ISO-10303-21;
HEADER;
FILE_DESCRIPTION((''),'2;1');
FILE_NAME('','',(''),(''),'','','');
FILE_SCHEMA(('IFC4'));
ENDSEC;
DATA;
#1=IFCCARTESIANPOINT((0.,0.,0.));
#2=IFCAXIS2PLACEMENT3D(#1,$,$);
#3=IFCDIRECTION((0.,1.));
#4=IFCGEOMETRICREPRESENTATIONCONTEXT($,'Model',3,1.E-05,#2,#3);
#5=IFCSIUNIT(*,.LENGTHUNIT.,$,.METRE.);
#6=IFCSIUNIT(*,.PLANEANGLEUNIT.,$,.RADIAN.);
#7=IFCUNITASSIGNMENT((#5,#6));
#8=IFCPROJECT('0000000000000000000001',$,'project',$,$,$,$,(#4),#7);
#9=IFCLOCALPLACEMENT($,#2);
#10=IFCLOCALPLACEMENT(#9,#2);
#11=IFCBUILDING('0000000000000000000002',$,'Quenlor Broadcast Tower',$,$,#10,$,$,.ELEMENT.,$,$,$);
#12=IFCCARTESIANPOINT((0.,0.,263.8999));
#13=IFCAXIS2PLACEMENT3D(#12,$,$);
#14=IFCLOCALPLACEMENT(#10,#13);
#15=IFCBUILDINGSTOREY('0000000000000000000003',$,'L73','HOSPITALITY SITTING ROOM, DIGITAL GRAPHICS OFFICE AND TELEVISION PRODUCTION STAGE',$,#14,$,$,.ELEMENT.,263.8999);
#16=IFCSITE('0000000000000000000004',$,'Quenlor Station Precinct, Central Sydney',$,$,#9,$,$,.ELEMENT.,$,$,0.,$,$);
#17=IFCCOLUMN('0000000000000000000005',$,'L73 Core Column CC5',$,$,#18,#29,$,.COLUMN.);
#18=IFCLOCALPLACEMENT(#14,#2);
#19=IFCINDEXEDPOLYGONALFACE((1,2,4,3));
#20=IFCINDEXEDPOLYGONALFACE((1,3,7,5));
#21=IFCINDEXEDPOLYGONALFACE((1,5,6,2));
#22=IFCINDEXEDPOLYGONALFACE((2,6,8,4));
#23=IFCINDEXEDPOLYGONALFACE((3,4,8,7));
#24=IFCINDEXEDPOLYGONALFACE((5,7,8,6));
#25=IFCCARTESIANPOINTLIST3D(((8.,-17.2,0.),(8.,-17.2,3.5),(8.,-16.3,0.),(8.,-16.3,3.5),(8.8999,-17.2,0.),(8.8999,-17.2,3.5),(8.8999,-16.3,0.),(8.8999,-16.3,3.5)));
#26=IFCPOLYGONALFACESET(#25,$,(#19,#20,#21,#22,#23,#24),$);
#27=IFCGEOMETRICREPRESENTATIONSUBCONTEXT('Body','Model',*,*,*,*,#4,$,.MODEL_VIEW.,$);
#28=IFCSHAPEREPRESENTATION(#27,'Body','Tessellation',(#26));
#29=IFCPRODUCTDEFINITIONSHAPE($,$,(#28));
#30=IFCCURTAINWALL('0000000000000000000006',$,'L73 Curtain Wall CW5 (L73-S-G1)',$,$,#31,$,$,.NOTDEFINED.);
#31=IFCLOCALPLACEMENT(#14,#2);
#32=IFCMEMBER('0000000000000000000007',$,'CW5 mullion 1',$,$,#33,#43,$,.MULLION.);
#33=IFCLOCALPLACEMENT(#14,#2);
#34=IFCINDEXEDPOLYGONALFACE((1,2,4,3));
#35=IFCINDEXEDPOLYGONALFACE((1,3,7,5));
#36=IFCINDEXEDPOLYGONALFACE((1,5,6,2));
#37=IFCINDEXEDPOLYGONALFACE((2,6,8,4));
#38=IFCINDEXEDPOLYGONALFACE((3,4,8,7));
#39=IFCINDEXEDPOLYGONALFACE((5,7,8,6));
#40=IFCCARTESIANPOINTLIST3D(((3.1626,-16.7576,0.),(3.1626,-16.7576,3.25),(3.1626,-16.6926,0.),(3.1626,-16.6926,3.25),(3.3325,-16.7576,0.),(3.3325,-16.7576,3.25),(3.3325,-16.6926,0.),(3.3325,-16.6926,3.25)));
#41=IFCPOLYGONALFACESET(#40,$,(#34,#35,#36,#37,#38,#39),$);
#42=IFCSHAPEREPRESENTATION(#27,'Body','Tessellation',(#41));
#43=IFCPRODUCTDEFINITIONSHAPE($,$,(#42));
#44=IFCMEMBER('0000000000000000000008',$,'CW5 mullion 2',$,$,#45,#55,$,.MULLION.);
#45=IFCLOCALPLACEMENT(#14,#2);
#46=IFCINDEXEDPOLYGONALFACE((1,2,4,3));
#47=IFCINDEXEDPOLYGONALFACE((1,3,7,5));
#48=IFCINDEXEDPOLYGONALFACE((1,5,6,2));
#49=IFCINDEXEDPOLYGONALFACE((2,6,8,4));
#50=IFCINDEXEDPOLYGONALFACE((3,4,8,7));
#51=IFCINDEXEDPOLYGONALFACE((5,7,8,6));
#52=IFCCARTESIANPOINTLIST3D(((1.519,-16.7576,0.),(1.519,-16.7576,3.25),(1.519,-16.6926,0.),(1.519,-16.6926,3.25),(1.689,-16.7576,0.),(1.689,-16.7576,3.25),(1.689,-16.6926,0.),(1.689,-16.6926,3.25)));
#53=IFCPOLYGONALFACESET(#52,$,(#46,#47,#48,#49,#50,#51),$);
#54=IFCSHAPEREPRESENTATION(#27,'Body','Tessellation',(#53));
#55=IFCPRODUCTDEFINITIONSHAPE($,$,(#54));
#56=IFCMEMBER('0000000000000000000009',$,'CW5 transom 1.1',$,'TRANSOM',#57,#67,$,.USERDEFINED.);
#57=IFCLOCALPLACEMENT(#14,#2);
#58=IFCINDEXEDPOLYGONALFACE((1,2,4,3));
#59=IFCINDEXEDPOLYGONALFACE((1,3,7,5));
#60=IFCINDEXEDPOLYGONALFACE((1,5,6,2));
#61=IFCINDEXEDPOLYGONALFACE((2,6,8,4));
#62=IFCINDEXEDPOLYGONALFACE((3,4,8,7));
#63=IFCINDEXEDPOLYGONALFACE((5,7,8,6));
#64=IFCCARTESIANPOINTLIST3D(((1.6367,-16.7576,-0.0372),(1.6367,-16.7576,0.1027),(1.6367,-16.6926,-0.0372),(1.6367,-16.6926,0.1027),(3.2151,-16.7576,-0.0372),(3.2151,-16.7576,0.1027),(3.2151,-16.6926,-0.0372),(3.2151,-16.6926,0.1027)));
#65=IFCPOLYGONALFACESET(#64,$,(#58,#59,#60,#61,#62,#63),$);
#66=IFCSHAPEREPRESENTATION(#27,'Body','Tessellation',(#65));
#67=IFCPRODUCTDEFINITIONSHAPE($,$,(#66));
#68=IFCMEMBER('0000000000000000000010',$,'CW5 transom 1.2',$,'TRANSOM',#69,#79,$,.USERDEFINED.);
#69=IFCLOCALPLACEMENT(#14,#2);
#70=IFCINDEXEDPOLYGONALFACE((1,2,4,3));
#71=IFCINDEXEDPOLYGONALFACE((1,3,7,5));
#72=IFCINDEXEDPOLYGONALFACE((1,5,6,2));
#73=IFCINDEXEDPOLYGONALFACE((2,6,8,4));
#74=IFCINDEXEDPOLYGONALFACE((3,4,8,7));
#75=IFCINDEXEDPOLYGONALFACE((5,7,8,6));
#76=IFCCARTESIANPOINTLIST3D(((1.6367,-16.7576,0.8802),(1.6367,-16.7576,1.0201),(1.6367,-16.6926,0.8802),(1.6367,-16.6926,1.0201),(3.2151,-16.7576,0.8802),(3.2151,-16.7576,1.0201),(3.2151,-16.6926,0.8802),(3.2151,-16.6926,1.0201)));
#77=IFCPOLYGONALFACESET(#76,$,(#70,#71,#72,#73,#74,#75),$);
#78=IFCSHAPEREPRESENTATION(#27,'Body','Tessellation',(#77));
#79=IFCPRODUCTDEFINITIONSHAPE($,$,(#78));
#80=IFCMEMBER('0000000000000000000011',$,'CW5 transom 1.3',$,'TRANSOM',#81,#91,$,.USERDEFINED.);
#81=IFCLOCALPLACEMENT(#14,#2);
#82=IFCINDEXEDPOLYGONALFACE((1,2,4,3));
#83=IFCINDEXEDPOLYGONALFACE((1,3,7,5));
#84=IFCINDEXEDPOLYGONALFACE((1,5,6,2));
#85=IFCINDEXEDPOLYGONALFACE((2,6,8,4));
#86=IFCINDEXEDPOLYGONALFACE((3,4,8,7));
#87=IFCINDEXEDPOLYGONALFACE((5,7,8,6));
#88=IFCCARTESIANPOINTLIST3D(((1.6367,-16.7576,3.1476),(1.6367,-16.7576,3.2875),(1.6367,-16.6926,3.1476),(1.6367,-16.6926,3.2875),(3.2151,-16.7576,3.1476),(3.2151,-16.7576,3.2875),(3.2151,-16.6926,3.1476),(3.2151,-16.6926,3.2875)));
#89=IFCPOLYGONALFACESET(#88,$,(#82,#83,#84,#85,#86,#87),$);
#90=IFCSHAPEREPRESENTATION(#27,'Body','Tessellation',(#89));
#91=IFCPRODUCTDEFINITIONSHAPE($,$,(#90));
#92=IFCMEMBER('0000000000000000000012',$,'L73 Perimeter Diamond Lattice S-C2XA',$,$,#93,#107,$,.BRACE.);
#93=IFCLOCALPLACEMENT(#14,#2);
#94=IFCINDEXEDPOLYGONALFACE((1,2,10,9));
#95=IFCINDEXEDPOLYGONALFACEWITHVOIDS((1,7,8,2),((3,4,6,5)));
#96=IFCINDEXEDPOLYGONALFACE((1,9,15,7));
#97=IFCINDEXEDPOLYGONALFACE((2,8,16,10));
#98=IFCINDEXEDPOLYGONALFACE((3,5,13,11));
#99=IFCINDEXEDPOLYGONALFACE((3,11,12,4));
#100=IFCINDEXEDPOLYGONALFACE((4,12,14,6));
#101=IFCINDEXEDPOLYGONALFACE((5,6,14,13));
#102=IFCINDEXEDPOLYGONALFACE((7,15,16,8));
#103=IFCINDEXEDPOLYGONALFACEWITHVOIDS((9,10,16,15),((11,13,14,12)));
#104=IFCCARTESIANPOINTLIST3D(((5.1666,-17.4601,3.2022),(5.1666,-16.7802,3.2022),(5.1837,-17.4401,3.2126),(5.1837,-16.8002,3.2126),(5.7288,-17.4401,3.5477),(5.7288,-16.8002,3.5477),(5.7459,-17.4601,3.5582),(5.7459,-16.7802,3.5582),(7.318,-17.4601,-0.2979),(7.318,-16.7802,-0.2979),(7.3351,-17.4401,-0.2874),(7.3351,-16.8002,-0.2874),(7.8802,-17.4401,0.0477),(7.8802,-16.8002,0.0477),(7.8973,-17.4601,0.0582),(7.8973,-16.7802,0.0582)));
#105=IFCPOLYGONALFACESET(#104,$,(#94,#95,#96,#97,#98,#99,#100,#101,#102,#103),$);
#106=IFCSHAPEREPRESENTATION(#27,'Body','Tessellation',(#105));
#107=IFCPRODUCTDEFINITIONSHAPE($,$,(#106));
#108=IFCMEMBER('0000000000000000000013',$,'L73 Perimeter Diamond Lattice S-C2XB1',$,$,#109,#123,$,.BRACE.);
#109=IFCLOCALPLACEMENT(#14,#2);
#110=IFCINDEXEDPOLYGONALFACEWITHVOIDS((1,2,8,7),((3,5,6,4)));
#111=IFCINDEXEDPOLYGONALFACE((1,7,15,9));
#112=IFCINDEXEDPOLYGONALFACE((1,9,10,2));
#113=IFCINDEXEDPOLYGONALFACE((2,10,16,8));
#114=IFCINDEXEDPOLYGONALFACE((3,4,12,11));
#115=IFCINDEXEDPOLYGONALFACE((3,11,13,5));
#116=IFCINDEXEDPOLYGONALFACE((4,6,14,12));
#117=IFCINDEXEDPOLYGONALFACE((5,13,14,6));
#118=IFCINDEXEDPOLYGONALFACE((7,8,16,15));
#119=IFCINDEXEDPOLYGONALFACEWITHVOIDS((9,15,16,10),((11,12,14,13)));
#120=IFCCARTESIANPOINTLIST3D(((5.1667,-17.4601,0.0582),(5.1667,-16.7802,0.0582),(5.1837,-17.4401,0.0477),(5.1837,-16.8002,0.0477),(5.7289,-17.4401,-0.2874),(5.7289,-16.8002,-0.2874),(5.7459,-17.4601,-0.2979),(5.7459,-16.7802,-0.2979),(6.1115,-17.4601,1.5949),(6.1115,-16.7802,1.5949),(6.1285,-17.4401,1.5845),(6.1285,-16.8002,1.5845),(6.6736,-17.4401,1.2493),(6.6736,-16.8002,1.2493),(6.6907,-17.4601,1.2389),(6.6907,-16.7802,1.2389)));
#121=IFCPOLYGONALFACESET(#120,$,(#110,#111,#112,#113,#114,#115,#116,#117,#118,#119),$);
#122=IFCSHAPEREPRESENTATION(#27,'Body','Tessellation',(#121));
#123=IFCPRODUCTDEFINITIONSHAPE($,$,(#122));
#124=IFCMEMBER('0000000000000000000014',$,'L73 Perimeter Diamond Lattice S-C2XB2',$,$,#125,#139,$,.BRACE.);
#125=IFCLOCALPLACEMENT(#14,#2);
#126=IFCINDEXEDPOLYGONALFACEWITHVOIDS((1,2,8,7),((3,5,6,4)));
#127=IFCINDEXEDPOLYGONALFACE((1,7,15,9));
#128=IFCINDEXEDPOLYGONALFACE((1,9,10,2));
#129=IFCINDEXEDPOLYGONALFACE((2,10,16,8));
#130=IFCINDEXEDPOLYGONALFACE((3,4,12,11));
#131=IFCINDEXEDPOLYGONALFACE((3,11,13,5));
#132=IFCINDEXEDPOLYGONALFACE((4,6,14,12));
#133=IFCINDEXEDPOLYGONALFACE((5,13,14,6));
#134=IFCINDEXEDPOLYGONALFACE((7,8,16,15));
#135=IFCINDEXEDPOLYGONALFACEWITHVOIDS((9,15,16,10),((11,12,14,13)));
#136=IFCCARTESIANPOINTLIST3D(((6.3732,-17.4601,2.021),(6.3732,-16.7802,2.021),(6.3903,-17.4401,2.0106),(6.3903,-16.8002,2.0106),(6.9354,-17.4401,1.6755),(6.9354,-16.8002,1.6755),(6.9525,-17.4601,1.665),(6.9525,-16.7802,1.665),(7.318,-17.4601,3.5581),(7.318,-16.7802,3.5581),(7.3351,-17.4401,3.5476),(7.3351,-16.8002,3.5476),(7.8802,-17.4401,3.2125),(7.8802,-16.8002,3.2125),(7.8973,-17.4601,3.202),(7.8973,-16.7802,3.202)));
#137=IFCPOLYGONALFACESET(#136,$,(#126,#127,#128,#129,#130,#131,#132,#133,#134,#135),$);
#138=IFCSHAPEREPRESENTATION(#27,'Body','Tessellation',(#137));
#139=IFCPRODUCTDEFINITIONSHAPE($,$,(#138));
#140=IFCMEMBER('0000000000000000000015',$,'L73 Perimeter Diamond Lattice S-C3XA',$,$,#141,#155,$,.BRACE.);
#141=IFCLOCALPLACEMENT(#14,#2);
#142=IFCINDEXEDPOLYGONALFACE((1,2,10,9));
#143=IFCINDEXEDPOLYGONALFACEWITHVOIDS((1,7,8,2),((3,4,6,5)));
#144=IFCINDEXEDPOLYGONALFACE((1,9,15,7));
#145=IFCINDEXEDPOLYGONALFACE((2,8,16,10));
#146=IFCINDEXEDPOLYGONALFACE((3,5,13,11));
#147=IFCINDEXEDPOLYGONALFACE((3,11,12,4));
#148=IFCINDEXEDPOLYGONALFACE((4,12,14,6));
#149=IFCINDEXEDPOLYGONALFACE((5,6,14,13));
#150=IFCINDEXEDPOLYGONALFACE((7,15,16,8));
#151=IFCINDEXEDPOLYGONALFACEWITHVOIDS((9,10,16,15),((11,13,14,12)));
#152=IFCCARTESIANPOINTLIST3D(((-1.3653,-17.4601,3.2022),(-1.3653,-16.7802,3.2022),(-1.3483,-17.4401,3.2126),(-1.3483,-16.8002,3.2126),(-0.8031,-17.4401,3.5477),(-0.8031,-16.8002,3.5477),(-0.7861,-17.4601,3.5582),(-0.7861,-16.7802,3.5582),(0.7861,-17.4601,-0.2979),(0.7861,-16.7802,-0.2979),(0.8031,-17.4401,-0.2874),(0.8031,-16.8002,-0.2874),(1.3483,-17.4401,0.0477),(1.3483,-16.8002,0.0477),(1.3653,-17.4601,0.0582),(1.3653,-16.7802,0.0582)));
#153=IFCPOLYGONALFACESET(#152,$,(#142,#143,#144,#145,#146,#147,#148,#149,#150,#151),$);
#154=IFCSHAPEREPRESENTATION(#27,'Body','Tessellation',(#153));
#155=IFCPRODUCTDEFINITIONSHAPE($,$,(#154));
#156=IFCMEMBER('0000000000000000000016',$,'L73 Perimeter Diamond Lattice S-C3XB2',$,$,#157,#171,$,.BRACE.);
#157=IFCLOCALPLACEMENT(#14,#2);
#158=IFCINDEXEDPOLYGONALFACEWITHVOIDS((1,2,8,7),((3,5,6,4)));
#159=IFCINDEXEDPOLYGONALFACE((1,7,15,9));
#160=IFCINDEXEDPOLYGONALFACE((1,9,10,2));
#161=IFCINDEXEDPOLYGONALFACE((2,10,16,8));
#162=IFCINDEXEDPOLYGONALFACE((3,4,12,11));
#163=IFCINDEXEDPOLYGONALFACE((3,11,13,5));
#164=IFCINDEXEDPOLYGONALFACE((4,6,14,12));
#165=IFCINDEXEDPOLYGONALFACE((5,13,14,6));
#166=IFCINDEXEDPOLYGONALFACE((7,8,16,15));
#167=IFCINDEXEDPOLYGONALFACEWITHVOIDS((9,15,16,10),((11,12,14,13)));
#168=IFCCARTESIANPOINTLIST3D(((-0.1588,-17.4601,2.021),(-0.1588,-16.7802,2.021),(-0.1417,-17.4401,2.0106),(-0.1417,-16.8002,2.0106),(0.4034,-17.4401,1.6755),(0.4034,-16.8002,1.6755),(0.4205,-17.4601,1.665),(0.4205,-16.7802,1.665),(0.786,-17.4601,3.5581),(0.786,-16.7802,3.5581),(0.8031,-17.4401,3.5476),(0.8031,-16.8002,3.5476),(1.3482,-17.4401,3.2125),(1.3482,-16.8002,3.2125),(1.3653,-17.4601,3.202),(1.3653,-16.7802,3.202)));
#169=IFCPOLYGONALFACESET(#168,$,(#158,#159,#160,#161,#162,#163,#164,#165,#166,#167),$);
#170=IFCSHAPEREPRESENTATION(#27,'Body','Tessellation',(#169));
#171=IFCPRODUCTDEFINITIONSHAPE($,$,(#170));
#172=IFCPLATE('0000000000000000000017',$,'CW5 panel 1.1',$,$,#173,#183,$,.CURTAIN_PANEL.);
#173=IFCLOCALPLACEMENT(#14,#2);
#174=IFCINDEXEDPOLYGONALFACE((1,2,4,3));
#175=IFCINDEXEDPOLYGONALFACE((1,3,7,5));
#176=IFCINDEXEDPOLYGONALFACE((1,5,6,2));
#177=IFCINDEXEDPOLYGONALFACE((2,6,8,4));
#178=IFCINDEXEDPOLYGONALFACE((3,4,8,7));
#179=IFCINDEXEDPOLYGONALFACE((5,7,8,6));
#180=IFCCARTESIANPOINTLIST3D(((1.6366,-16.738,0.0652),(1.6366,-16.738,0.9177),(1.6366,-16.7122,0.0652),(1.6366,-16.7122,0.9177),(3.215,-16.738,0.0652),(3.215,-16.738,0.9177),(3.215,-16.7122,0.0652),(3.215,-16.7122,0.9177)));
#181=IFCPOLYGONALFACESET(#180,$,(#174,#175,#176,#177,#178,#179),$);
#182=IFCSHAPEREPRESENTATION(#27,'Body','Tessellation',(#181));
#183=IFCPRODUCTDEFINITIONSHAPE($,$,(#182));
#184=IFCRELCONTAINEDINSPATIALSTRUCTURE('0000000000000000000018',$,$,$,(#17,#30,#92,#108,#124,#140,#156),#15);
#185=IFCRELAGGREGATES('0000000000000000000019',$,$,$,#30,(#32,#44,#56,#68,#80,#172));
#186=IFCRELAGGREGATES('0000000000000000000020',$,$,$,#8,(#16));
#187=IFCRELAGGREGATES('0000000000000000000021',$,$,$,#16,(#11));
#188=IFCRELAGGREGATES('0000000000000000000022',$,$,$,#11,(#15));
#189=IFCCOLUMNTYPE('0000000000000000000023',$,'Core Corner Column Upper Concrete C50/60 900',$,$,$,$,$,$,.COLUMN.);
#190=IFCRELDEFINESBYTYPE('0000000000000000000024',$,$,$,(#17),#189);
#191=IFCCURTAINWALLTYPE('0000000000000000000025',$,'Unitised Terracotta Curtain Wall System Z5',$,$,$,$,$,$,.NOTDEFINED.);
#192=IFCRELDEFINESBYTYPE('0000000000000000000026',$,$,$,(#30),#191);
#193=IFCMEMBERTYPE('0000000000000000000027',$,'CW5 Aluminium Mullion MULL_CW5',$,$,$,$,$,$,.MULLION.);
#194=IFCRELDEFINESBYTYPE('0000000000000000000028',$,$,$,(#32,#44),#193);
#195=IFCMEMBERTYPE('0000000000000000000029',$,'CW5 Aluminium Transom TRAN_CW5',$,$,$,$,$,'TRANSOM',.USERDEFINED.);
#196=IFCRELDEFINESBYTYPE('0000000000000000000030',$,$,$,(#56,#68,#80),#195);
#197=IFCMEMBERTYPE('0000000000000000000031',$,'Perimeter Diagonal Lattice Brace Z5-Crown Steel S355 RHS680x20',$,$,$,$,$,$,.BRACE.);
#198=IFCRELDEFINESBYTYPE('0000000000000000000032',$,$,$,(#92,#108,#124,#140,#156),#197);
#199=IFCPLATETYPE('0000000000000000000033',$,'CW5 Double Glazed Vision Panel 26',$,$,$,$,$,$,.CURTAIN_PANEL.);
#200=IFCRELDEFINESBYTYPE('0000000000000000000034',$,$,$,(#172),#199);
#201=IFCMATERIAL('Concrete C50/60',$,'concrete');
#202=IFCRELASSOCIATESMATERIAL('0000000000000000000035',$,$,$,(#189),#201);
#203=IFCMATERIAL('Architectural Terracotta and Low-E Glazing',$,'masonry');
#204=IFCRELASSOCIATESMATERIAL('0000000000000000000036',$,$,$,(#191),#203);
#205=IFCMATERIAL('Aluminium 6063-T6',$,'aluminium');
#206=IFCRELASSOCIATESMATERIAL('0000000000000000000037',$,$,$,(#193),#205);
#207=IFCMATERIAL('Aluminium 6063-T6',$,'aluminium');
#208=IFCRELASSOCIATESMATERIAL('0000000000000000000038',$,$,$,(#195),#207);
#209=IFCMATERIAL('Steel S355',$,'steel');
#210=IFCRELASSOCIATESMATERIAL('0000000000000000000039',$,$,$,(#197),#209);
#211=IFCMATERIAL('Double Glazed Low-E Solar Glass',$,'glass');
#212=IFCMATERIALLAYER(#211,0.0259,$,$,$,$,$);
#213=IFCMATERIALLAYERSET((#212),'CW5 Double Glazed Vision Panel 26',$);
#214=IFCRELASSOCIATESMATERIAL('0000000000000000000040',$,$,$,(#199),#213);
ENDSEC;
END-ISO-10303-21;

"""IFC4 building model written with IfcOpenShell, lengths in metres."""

from ifc_helpers import new_model, si_unit, direction, frame, origin, origin_2d, place, context, subcontext, project, spatial, rectangle, hollow_rectangle, extrude, material, layer, layer_set, material_profile, profile_set, type_object, element, aggregate, save


model = new_model("IFC4")

# Units and contexts
model_context = context("Model", 3, precision=1e-05, world=origin(), true_north=direction((0.0, 1.0)))
body_context = subcontext(model_context, "Body", "Model", "MODEL_VIEW")
ifc_project = project(units=[si_unit("LENGTHUNIT", "METRE"), si_unit("PLANEANGLEUNIT", "RADIAN")], contexts=[model_context])

# Site, building, storey
site_placement = place(None, origin())
site = spatial("IfcSite", under=ifc_project, at=site_placement, Name="Quenlor Station Precinct, Central Sydney", CompositionType="ELEMENT", RefElevation=0.0)
building_placement = place(site_placement, origin())
building = spatial("IfcBuilding", under=site, at=building_placement, Name="Quenlor Broadcast Tower", CompositionType="ELEMENT")
storey_placement = place(building_placement, frame((0.0, 0.0, 263.8999)))
storey = spatial("IfcBuildingStorey", under=building, at=storey_placement, Name="L73", Description="HOSPITALITY SITTING ROOM, DIGITAL GRAPHICS OFFICE AND TELEVISION PRODUCTION STAGE", CompositionType="ELEMENT", Elevation=263.8999)

# Column
ifc_material_1 = material(Name="Concrete C50/60", Category="concrete")
ifc_material_profile_1 = material_profile(ifc_material_1, rectangle(XDim=0.8999, YDim=0.8999, at=origin_2d()))
ifc_profile_set_1 = profile_set([ifc_material_profile_1], Name="Concrete C50/60 RC900x900")
column_type = type_object("IfcColumnType", Name="Core Corner Column Upper Concrete C50/60 900", PredefinedType="COLUMN", material=ifc_profile_set_1)
column_placement = place(storey_placement, frame((8.45, -16.75, 0.0), z_axis=(0.0, 0.0, 1.0), x_axis=(1.0, 0.0, 0.0)))
element("IfcColumn", 1, at=column_placement, inside=storey, type_object=column_type, Name="L73 Core Column CC5", PredefinedType="COLUMN", context=body_context, shape_type="SweptSolid", body=[
    extrude(rectangle(XDim=0.8999, YDim=0.8999, at=origin_2d()), origin(), (0.0, 0.0, 1.0), 3.5),
])

# Curtain wall, members
ifc_material_2 = material(Name="Architectural Terracotta and Low-E Glazing", Category="masonry")
curtain_wall_type = type_object("IfcCurtainWallType", Name="Unitised Terracotta Curtain Wall System Z5", PredefinedType="NOTDEFINED", material=ifc_material_2)
curtain_wall_placement = place(storey_placement, origin())
curtain_wall = element("IfcCurtainWall", 2, at=curtain_wall_placement, inside=storey, type_object=curtain_wall_type, Name="L73 Curtain Wall CW5 (L73-S-G1)", PredefinedType="NOTDEFINED")
ifc_material_3 = material(Name="Aluminium 6063-T6", Category="aluminium")
ifc_material_profile_2 = material_profile(ifc_material_3, rectangle(XDim=0.0649, YDim=0.1699, at=origin_2d()))
ifc_profile_set_2 = profile_set([ifc_material_profile_2], Name="Aluminium 6063-T6 MULL65x170")
member_type_1 = type_object("IfcMemberType", Name="CW5 Aluminium Mullion MULL_CW5", PredefinedType="MULLION", material=ifc_profile_set_2)
member_1_placement = place(storey_placement, frame((3.2476, -16.7251, 0.0), z_axis=(0.0, 0.0, 1.0), x_axis=(0.0, -1.0, 0.0)))
member_1 = element("IfcMember", 3, at=member_1_placement, type_object=member_type_1, Name="CW5 mullion 1", PredefinedType="MULLION", context=body_context, shape_type="SweptSolid", body=[
    extrude(rectangle(XDim=0.0649, YDim=0.1699, at=origin_2d()), origin(), (0.0, 0.0, 1.0), 3.25),
])
member_2_placement = place(storey_placement, frame((1.604, -16.7251, 0.0), z_axis=(0.0, 0.0, 1.0), x_axis=(0.0, -1.0, 0.0)))
member_2 = element("IfcMember", 4, at=member_2_placement, type_object=member_type_1, Name="CW5 mullion 2", PredefinedType="MULLION", context=body_context, shape_type="SweptSolid", body=[
    extrude(rectangle(XDim=0.0649, YDim=0.1699, at=origin_2d()), origin(), (0.0, 0.0, 1.0), 3.25),
])
ifc_material_4 = material(Name="Aluminium 6063-T6", Category="aluminium")
ifc_material_profile_3 = material_profile(ifc_material_4, rectangle(XDim=0.0649, YDim=0.1399, at=origin_2d()))
ifc_profile_set_3 = profile_set([ifc_material_profile_3], Name="Aluminium 6063-T6 TRAN65x140")
member_type_2 = type_object("IfcMemberType", Name="CW5 Aluminium Transom TRAN_CW5", ElementType="TRANSOM", PredefinedType="USERDEFINED", material=ifc_profile_set_3)
member_3_placement = place(storey_placement, frame((3.2151, -16.7251, 0.0327), z_axis=(-1.0, 0.0, 0.0), x_axis=(0.0, -1.0, 0.0)))
member_3 = element("IfcMember", 5, at=member_3_placement, type_object=member_type_2, Name="CW5 transom 1.1", ObjectType="TRANSOM", PredefinedType="USERDEFINED", context=body_context, shape_type="SweptSolid", body=[
    extrude(rectangle(XDim=0.0649, YDim=0.1399, at=origin_2d()), origin(), (0.0, 0.0, 1.0), 1.5784),
])
member_4_placement = place(storey_placement, frame((3.2151, -16.7251, 0.9502), z_axis=(-1.0, 0.0, 0.0), x_axis=(0.0, -1.0, 0.0)))
member_4 = element("IfcMember", 6, at=member_4_placement, type_object=member_type_2, Name="CW5 transom 1.2", ObjectType="TRANSOM", PredefinedType="USERDEFINED", context=body_context, shape_type="SweptSolid", body=[
    extrude(rectangle(XDim=0.0649, YDim=0.1399, at=origin_2d()), origin(), (0.0, 0.0, 1.0), 1.5784),
])
member_5_placement = place(storey_placement, frame((3.2151, -16.7251, 3.2175), z_axis=(-1.0, 0.0, 0.0), x_axis=(0.0, -1.0, 0.0)))
member_5 = element("IfcMember", 7, at=member_5_placement, type_object=member_type_2, Name="CW5 transom 1.3", ObjectType="TRANSOM", PredefinedType="USERDEFINED", context=body_context, shape_type="SweptSolid", body=[
    extrude(rectangle(XDim=0.0649, YDim=0.1399, at=origin_2d()), origin(), (0.0, 0.0, 1.0), 1.5784),
])

# Members
ifc_material_5 = material(Name="Steel S355", Category="steel")
ifc_material_profile_4 = material_profile(ifc_material_5, hollow_rectangle(XDim=0.6799, YDim=0.6799, WallThickness=0.02, at=origin_2d()))
ifc_profile_set_4 = profile_set([ifc_material_profile_4], Name="Steel S355 RHS680x680x20")
member_type_3 = type_object("IfcMemberType", Name="Perimeter Diagonal Lattice Brace Z5-Crown Steel S355 RHS680x20", PredefinedType="BRACE", material=ifc_profile_set_4)
member_6_placement = place(storey_placement, frame((7.6077, -17.1201, -0.1199), z_axis=(-0.52366, 0.0, 0.851928), x_axis=(0.0, -1.0, 0.0)))
element("IfcMember", 8, at=member_6_placement, inside=storey, type_object=member_type_3, Name="L73 Perimeter Diamond Lattice S-C2XA", PredefinedType="BRACE", context=body_context, shape_type="SweptSolid", body=[
    extrude(hollow_rectangle(XDim=0.6799, YDim=0.6799, WallThickness=0.02, at=origin_2d()), origin(), (0.0, 0.0, 1.0), 4.1084),
])
member_7_placement = place(storey_placement, frame((5.4563, -17.1201, -0.1199), z_axis=(0.52372, 0.0, 0.851891), x_axis=(0.0, 1.0, 0.0)))
element("IfcMember", 9, at=member_7_placement, inside=storey, type_object=member_type_3, Name="L73 Perimeter Diamond Lattice S-C2XB1", PredefinedType="BRACE", context=body_context, shape_type="SweptSolid", body=[
    extrude(hollow_rectangle(XDim=0.6799, YDim=0.6799, WallThickness=0.02, at=origin_2d()), origin(), (0.0, 0.0, 1.0), 1.804),
])
member_8_placement = place(storey_placement, frame((6.6628, -17.1201, 1.843), z_axis=(0.523659, 0.0, 0.851928), x_axis=(0.0, 1.0, 0.0)))
element("IfcMember", 10, at=member_8_placement, inside=storey, type_object=member_type_3, Name="L73 Perimeter Diamond Lattice S-C2XB2", PredefinedType="BRACE", context=body_context, shape_type="SweptSolid", body=[
    extrude(hollow_rectangle(XDim=0.6799, YDim=0.6799, WallThickness=0.02, at=origin_2d()), origin(), (0.0, 0.0, 1.0), 1.8042),
])
member_9_placement = place(storey_placement, frame((1.0757, -17.1201, -0.1199), z_axis=(-0.52366, 0.0, 0.851928), x_axis=(0.0, -1.0, 0.0)))
element("IfcMember", 11, at=member_9_placement, inside=storey, type_object=member_type_3, Name="L73 Perimeter Diamond Lattice S-C3XA", PredefinedType="BRACE", context=body_context, shape_type="SweptSolid", body=[
    extrude(hollow_rectangle(XDim=0.6799, YDim=0.6799, WallThickness=0.02, at=origin_2d()), origin(), (0.0, 0.0, 1.0), 4.1084),
])
member_10_placement = place(storey_placement, frame((0.1309, -17.1201, 1.843), z_axis=(0.523659, 0.0, 0.851928), x_axis=(0.0, 1.0, 0.0)))
element("IfcMember", 12, at=member_10_placement, inside=storey, type_object=member_type_3, Name="L73 Perimeter Diamond Lattice S-C3XB2", PredefinedType="BRACE", context=body_context, shape_type="SweptSolid", body=[
    extrude(hollow_rectangle(XDim=0.6799, YDim=0.6799, WallThickness=0.02, at=origin_2d()), origin(), (0.0, 0.0, 1.0), 1.8042),
])

# Plate
ifc_material_6 = material(Name="Double Glazed Low-E Solar Glass", Category="glass")
ifc_layer_1 = layer(ifc_material_6, 0.0259)
ifc_layer_set_1 = layer_set([ifc_layer_1], Name="CW5 Double Glazed Vision Panel 26")
plate_type_1 = type_object("IfcPlateType", Name="CW5 Double Glazed Vision Panel 26", PredefinedType="CURTAIN_PANEL", material=ifc_layer_set_1)
plate_1_placement = place(storey_placement, frame((2.4258, -16.7251, 0.0652), z_axis=(0.0, 0.0, 1.0), x_axis=(-1.0, 0.0, 0.0)))
plate_1 = element("IfcPlate", 13, at=plate_1_placement, type_object=plate_type_1, Name="CW5 panel 1.1", PredefinedType="CURTAIN_PANEL", context=body_context, shape_type="SweptSolid", body=[
    extrude(rectangle(XDim=1.5784, YDim=0.0259, at=origin_2d()), origin(), (0.0, 0.0, 1.0), 0.8525),
])
aggregate(curtain_wall, [member_1, member_2, member_3, member_4, member_5, plate_1])

save(model, "model.ifc")
